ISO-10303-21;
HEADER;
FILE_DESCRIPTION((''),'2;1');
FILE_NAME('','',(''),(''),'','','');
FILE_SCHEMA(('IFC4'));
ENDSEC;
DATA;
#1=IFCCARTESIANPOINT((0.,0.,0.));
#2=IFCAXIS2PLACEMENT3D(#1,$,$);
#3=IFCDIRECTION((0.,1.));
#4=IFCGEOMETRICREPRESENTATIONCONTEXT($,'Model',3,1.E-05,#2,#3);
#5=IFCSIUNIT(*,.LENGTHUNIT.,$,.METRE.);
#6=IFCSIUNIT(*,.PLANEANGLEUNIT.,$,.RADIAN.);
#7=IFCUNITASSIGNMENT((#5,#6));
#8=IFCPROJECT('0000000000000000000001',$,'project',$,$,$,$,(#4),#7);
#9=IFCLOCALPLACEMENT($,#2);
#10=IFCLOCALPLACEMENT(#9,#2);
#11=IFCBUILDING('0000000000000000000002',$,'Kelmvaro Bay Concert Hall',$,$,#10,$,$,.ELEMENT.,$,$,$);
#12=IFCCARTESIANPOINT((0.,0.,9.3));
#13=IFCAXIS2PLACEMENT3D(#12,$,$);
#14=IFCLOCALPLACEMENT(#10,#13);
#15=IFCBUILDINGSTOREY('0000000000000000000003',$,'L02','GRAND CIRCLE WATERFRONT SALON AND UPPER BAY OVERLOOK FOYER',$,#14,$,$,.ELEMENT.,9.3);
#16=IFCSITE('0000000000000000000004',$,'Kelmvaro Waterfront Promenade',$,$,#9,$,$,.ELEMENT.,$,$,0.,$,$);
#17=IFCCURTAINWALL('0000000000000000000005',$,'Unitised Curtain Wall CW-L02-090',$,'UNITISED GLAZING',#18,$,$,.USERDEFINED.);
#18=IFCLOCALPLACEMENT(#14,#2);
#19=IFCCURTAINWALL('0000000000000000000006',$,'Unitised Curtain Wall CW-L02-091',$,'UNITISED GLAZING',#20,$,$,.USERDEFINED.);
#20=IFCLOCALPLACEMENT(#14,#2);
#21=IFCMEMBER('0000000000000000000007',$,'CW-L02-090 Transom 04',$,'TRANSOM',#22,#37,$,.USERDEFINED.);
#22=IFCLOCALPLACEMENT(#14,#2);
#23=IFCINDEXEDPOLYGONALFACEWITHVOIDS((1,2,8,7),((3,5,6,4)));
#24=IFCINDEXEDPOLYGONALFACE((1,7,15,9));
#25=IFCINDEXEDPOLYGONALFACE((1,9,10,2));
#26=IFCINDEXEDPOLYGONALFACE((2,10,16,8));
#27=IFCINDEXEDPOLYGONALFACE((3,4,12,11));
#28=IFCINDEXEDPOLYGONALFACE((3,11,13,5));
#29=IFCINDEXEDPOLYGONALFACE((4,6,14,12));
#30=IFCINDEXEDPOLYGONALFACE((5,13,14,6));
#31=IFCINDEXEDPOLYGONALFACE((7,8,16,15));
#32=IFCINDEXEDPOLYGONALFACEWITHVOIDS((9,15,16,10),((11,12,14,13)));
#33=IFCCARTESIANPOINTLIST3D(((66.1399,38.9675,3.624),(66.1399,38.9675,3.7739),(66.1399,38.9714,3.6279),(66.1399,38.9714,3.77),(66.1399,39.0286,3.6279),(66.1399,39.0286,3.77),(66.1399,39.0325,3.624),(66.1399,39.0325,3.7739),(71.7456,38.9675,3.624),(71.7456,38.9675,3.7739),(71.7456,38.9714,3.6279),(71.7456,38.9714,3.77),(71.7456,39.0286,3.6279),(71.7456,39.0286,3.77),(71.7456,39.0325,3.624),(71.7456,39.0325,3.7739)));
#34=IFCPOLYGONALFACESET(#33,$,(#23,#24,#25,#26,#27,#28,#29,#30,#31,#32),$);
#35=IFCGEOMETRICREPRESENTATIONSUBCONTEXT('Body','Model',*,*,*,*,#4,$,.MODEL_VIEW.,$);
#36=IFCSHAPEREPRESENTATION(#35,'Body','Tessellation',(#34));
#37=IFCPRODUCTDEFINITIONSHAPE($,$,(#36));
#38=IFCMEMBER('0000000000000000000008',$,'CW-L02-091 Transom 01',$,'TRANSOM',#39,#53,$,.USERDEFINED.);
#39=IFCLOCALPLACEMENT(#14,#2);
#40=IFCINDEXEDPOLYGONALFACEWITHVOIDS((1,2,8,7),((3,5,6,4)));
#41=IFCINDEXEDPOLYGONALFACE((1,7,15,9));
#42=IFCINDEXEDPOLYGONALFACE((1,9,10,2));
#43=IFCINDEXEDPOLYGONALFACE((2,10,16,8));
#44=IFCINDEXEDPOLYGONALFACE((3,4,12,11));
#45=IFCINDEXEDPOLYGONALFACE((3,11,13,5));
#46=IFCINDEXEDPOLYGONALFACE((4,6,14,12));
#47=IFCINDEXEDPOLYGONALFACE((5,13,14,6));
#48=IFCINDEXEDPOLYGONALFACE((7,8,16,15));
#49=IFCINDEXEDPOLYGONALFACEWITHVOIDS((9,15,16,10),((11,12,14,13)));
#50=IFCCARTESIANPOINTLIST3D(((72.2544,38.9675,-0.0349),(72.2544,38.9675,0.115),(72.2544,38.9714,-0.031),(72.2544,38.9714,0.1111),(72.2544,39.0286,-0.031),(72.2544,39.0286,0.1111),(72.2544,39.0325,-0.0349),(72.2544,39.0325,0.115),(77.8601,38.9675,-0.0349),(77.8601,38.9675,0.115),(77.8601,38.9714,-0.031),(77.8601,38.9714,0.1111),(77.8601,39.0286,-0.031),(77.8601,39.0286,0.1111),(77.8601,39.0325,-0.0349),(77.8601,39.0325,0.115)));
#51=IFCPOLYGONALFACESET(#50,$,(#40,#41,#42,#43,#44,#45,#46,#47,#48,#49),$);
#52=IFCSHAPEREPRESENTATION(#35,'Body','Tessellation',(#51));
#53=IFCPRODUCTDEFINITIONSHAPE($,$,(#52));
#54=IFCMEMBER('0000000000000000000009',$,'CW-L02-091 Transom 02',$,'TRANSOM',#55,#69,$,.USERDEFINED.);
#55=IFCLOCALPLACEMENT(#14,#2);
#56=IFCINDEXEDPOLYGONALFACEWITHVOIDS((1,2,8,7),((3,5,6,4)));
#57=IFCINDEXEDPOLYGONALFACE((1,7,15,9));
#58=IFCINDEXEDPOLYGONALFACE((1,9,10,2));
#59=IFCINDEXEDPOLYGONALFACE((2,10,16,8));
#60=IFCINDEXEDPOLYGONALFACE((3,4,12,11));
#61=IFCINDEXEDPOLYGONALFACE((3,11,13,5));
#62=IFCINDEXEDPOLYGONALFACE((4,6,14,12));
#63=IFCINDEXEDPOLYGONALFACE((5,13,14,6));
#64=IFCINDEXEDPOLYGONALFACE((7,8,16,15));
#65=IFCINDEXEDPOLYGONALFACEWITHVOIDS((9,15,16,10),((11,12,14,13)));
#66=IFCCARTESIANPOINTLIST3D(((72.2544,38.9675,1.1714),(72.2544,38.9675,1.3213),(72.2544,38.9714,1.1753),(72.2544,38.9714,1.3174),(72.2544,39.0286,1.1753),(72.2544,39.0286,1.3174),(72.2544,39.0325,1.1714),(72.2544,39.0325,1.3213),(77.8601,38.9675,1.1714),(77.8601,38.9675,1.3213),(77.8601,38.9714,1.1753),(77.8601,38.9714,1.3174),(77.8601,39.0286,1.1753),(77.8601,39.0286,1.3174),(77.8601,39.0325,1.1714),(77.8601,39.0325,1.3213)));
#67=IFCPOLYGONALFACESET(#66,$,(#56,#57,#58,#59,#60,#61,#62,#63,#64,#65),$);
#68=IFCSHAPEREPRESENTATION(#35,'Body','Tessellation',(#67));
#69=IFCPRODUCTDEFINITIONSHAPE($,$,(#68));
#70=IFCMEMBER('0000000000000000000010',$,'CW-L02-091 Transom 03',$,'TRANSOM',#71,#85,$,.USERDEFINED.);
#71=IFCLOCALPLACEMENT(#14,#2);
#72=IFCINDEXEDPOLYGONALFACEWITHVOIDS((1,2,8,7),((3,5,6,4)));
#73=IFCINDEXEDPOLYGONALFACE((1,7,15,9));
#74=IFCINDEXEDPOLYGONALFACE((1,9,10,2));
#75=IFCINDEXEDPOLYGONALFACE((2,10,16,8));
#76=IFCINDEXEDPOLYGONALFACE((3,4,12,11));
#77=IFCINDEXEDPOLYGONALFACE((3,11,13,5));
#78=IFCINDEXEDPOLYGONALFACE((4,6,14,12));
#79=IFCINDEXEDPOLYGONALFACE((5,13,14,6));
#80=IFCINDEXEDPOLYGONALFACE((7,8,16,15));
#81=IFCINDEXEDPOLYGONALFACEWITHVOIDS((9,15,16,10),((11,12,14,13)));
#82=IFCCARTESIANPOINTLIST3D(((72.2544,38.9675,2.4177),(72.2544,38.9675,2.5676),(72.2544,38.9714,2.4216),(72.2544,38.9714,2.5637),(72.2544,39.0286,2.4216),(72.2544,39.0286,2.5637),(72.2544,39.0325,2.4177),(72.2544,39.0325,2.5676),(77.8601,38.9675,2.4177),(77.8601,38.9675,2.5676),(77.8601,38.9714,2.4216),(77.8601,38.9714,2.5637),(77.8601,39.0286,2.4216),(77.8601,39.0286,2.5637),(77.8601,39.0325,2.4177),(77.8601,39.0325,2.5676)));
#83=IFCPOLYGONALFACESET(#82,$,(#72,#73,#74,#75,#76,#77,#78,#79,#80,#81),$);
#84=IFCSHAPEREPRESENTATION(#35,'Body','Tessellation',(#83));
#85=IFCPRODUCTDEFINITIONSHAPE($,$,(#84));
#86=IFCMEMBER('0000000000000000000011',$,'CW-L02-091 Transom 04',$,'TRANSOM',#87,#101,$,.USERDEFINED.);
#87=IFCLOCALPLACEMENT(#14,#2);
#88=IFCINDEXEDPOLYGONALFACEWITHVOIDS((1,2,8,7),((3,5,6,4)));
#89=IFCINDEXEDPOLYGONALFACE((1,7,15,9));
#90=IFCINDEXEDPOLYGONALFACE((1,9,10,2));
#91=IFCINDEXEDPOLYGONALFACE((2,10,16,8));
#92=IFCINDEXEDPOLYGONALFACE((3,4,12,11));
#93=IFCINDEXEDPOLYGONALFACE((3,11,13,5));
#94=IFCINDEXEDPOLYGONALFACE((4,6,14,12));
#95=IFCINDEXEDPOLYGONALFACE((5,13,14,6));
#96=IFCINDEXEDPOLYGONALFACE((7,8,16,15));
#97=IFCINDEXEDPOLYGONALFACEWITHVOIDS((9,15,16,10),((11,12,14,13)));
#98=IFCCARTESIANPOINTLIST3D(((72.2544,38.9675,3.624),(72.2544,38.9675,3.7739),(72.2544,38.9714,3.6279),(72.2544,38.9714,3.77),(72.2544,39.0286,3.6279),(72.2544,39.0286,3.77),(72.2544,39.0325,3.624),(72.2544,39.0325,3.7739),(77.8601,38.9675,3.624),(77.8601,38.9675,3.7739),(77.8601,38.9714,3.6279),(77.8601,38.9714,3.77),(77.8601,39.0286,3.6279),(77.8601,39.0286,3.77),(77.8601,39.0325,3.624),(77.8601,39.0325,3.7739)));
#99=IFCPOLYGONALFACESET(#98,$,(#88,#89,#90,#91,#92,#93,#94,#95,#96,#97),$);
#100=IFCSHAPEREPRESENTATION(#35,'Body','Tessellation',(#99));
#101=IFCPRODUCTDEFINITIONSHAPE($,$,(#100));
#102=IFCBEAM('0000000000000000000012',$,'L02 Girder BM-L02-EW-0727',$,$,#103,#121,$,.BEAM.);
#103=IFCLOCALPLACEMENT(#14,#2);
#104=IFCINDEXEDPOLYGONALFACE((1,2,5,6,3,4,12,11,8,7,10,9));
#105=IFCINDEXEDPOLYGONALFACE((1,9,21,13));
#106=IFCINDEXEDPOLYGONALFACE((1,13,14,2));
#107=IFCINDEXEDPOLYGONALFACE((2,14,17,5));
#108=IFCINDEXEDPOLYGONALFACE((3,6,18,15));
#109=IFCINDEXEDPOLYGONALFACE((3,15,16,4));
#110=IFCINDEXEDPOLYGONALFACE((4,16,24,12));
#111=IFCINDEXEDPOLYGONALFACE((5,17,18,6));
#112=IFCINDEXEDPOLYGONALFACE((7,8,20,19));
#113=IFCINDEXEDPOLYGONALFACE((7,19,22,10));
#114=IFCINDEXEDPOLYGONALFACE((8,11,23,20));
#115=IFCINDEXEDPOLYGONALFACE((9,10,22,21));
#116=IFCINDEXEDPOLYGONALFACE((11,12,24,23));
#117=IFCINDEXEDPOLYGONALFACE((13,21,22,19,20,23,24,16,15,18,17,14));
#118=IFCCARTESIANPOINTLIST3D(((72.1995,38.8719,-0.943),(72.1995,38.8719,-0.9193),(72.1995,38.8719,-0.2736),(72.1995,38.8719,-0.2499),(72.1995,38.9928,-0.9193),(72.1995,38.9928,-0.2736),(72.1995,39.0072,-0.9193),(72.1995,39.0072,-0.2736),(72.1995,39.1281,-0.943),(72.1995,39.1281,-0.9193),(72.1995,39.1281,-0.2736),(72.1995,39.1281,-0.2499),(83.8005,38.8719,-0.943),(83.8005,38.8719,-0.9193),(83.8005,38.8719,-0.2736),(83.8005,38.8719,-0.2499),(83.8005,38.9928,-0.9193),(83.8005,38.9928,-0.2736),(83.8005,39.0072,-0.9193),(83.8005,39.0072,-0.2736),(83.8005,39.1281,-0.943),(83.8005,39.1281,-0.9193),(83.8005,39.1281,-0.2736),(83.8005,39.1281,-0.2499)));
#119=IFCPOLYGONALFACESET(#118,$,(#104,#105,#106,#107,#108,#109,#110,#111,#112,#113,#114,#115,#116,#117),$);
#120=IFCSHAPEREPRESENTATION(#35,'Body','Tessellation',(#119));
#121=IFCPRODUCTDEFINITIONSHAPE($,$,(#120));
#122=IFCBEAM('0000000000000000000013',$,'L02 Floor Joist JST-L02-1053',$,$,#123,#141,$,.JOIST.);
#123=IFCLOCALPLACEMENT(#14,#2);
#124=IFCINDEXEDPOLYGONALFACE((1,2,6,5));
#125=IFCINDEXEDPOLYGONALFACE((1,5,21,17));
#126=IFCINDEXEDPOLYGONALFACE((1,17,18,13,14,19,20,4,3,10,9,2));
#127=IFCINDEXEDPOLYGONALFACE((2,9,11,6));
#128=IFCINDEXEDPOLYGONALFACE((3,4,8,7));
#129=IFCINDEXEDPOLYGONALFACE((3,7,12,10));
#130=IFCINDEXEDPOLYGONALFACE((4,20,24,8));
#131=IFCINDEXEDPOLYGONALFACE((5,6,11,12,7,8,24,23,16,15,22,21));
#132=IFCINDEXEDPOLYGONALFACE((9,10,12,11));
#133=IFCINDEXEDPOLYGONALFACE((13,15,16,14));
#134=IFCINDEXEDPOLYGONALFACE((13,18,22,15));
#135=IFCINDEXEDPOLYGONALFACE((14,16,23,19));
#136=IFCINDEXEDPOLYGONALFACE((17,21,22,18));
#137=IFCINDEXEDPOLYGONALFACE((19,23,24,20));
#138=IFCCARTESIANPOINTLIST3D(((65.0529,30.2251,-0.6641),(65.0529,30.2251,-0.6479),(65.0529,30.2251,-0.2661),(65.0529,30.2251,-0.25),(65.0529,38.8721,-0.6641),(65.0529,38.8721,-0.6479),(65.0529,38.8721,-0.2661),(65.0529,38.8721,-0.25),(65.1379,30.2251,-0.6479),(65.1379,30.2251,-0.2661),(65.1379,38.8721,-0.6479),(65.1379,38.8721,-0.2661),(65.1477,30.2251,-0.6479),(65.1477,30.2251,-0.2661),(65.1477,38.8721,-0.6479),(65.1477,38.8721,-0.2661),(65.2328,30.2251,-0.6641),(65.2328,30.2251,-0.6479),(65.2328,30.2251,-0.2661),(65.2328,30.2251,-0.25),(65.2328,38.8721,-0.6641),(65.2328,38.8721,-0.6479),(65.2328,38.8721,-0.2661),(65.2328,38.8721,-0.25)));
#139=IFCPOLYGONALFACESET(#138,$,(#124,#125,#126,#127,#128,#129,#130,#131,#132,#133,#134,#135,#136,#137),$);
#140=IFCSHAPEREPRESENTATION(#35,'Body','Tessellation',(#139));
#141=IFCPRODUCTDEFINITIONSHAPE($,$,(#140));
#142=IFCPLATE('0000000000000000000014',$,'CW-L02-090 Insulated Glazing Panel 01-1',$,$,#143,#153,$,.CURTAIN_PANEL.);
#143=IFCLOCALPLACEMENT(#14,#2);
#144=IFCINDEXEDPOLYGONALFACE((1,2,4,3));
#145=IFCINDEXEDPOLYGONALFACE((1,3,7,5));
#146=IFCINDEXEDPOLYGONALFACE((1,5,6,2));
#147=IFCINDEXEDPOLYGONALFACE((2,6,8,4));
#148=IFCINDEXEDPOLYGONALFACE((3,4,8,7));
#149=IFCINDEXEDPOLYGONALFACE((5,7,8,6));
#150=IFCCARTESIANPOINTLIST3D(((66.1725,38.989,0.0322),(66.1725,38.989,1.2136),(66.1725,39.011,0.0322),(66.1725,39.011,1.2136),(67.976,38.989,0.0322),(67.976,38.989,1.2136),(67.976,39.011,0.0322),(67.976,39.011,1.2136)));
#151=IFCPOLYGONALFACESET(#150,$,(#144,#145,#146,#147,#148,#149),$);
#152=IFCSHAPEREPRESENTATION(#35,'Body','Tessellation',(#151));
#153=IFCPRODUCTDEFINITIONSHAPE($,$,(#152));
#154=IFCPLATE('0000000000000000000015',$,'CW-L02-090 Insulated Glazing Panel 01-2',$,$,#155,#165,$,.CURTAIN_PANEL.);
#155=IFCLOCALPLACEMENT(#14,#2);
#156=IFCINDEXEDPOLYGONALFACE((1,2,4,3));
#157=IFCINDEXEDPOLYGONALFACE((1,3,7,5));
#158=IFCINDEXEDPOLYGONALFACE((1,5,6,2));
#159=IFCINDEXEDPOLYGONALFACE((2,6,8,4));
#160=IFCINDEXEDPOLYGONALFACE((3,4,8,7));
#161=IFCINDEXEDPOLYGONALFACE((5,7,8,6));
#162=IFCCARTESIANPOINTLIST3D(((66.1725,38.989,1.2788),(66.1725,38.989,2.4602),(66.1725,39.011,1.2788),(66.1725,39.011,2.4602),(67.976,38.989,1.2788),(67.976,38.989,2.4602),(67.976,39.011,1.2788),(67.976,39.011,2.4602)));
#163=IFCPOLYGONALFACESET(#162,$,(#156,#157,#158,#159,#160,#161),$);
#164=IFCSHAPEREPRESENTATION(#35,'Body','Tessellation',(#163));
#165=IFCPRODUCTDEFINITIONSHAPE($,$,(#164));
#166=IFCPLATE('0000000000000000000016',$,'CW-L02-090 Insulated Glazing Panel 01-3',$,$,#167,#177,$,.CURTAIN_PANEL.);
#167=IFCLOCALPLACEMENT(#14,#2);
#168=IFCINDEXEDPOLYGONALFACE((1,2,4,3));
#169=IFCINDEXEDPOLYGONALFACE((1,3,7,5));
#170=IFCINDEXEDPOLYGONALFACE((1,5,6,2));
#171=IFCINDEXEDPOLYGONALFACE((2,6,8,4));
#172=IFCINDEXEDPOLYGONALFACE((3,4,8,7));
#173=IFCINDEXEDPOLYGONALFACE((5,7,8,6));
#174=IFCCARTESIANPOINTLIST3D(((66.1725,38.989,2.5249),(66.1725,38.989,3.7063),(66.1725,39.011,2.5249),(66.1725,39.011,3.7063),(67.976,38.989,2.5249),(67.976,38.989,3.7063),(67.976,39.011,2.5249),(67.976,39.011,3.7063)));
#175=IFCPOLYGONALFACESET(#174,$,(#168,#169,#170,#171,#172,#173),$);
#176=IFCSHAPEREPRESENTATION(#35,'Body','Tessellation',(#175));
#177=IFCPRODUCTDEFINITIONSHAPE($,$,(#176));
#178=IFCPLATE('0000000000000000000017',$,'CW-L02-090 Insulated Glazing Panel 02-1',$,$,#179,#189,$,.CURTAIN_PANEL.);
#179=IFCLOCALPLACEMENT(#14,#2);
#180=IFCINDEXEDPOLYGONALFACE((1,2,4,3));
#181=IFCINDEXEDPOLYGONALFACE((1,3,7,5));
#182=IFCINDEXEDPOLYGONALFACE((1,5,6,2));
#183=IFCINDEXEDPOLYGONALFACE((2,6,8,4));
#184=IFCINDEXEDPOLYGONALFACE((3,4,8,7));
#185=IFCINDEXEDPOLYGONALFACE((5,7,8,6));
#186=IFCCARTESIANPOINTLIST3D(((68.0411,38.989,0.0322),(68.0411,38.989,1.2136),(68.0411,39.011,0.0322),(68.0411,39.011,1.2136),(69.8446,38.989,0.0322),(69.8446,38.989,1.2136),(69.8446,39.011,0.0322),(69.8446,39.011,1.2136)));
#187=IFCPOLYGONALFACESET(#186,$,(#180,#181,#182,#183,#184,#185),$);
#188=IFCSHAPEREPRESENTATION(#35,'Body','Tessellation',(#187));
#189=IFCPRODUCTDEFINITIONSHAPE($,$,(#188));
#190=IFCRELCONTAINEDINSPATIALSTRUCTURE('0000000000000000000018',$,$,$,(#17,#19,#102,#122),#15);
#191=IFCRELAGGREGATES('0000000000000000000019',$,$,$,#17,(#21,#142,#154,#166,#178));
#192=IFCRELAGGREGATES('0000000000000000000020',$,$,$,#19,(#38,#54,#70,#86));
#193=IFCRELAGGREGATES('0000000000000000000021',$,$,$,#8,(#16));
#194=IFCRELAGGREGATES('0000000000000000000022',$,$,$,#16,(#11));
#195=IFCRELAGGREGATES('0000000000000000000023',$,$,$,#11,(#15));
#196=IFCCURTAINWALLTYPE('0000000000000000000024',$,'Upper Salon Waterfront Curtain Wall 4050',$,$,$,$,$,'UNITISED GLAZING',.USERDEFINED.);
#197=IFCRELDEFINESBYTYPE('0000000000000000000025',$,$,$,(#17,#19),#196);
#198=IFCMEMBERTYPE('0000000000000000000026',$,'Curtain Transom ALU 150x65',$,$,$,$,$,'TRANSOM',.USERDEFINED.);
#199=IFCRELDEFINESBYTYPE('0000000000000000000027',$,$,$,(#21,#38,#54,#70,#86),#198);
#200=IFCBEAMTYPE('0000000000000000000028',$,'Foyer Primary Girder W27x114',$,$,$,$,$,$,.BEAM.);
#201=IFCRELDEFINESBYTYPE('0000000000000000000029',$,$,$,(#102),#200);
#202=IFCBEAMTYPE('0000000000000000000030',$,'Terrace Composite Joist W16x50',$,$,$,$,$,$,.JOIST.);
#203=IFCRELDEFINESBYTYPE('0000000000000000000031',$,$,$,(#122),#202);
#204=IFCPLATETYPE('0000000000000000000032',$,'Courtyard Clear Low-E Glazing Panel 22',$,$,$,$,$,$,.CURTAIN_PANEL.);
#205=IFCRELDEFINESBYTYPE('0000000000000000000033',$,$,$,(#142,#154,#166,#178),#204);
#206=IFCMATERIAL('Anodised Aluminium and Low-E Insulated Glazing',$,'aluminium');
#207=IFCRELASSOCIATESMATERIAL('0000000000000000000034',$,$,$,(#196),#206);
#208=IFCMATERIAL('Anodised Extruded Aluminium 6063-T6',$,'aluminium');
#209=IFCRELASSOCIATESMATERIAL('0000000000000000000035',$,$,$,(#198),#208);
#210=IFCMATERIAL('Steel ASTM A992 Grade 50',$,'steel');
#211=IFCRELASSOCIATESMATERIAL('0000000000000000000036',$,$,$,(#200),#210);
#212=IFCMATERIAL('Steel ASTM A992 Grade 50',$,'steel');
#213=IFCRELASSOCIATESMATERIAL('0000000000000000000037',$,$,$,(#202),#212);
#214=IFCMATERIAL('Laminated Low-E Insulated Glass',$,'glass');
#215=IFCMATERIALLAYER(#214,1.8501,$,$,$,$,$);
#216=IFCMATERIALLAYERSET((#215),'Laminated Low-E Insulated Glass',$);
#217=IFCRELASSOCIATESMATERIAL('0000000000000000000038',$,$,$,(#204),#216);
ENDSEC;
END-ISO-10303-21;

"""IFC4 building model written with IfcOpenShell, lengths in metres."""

from ifc_helpers import new_model, si_unit, direction, frame, origin, origin_2d, place, context, subcontext, project, spatial, rectangle, hollow_rectangle, i_section, extrude, material, layer, layer_set, material_profile, profile_set, type_object, element, aggregate, save


model = new_model("IFC4")

# Units and contexts
model_context = context("Model", 3, precision=1e-05, world=origin(), true_north=direction((0.0, 1.0)))
body_context = subcontext(model_context, "Body", "Model", "MODEL_VIEW")
ifc_project = project(units=[si_unit("LENGTHUNIT", "METRE"), si_unit("PLANEANGLEUNIT", "RADIAN")], contexts=[model_context])

# Site, building, storey
site_placement = place(None, origin())
site = spatial("IfcSite", under=ifc_project, at=site_placement, Name="Kelmvaro Waterfront Promenade", CompositionType="ELEMENT", RefElevation=0.0)
building_placement = place(site_placement, origin())
building = spatial("IfcBuilding", under=site, at=building_placement, Name="Kelmvaro Bay Concert Hall", CompositionType="ELEMENT")
storey_placement = place(building_placement, frame((0.0, 0.0, 9.3)))
storey = spatial("IfcBuildingStorey", under=building, at=storey_placement, Name="L02", Description="GRAND CIRCLE WATERFRONT SALON AND UPPER BAY OVERLOOK FOYER", CompositionType="ELEMENT", Elevation=9.3)

# Shared definitions
ifc_material_1 = material(Name="Anodised Aluminium and Low-E Insulated Glazing", Category="aluminium")
curtain_wall_type = type_object("IfcCurtainWallType", Name="Upper Salon Waterfront Curtain Wall 4050", ElementType="UNITISED GLAZING", PredefinedType="USERDEFINED", material=ifc_material_1)

# Curtain wall
curtain_wall_1_placement = place(storey_placement, origin())
curtain_wall_1 = element("IfcCurtainWall", 1, at=curtain_wall_1_placement, inside=storey, type_object=curtain_wall_type, Name="Unitised Curtain Wall CW-L02-090", ObjectType="UNITISED GLAZING", PredefinedType="USERDEFINED")

# Curtain wall
curtain_wall_2_placement = place(storey_placement, origin())
curtain_wall_2 = element("IfcCurtainWall", 2, at=curtain_wall_2_placement, inside=storey, type_object=curtain_wall_type, Name="Unitised Curtain Wall CW-L02-091", ObjectType="UNITISED GLAZING", PredefinedType="USERDEFINED")

# Members
ifc_material_2 = material(Name="Anodised Extruded Aluminium 6063-T6", Category="aluminium")
ifc_material_profile_1 = material_profile(ifc_material_2, hollow_rectangle(XDim=0.0649, YDim=0.1499, WallThickness=0.0039, at=origin_2d()), Name="ALU-TRN-150X65")
ifc_profile_set_1 = profile_set([ifc_material_profile_1], Name="Anodised Extruded Aluminium 6063-T6")
member_type_1 = type_object("IfcMemberType", Name="Curtain Transom ALU 150x65", ElementType="TRANSOM", PredefinedType="USERDEFINED", material=ifc_profile_set_1)
member_1_placement = place(storey_placement, frame((66.1399, 39.0, 3.699), z_axis=(1.0, 0.0, 0.0), x_axis=(0.0, 1.0, 0.0)))
member_1 = element("IfcMember", 3, at=member_1_placement, type_object=member_type_1, Name="CW-L02-090 Transom 04", ObjectType="TRANSOM", PredefinedType="USERDEFINED", context=body_context, shape_type="SweptSolid", body=[
    extrude(hollow_rectangle(XDim=0.0649, YDim=0.1499, WallThickness=0.0039, at=origin_2d()), origin(), (0.0, 0.0, 1.0), 5.6057),
])
member_2_placement = place(storey_placement, frame((72.2544, 39.0, 0.04), z_axis=(1.0, 0.0, 0.0), x_axis=(0.0, 1.0, 0.0)))
member_2 = element("IfcMember", 4, at=member_2_placement, type_object=member_type_1, Name="CW-L02-091 Transom 01", ObjectType="TRANSOM", PredefinedType="USERDEFINED", context=body_context, shape_type="SweptSolid", body=[
    extrude(hollow_rectangle(XDim=0.0649, YDim=0.1499, WallThickness=0.0039, at=origin_2d()), origin(), (0.0, 0.0, 1.0), 5.6057),
])
member_3_placement = place(storey_placement, frame((72.2544, 39.0, 1.2463), z_axis=(1.0, 0.0, 0.0), x_axis=(0.0, 1.0, 0.0)))
member_3 = element("IfcMember", 5, at=member_3_placement, type_object=member_type_1, Name="CW-L02-091 Transom 02", ObjectType="TRANSOM", PredefinedType="USERDEFINED", context=body_context, shape_type="SweptSolid", body=[
    extrude(hollow_rectangle(XDim=0.0649, YDim=0.1499, WallThickness=0.0039, at=origin_2d()), origin(), (0.0, 0.0, 1.0), 5.6057),
])
member_4_placement = place(storey_placement, frame((72.2544, 39.0, 2.4927), z_axis=(1.0, 0.0, 0.0), x_axis=(0.0, 1.0, 0.0)))
member_4 = element("IfcMember", 6, at=member_4_placement, type_object=member_type_1, Name="CW-L02-091 Transom 03", ObjectType="TRANSOM", PredefinedType="USERDEFINED", context=body_context, shape_type="SweptSolid", body=[
    extrude(hollow_rectangle(XDim=0.0649, YDim=0.1499, WallThickness=0.0039, at=origin_2d()), origin(), (0.0, 0.0, 1.0), 5.6057),
])
member_5_placement = place(storey_placement, frame((72.2544, 39.0, 3.699), z_axis=(1.0, 0.0, 0.0), x_axis=(0.0, 1.0, 0.0)))
member_5 = element("IfcMember", 7, at=member_5_placement, type_object=member_type_1, Name="CW-L02-091 Transom 04", ObjectType="TRANSOM", PredefinedType="USERDEFINED", context=body_context, shape_type="SweptSolid", body=[
    extrude(hollow_rectangle(XDim=0.0649, YDim=0.1499, WallThickness=0.0039, at=origin_2d()), origin(), (0.0, 0.0, 1.0), 5.6057),
])

# Beams
ifc_material_3 = material(Name="Steel ASTM A992 Grade 50", Category="steel")
ifc_material_profile_2 = material_profile(ifc_material_3, i_section(OverallWidth=0.2561, OverallDepth=0.6931, WebThickness=0.0144, FlangeThickness=0.0237, at=origin_2d()), Name="W27X114")
ifc_profile_set_2 = profile_set([ifc_material_profile_2], Name="Steel ASTM A992 Grade 50")
beam_type_1 = type_object("IfcBeamType", Name="Foyer Primary Girder W27x114", PredefinedType="BEAM", material=ifc_profile_set_2)
beam_1_placement = place(storey_placement, frame((72.1995, 39.0, -0.5964), z_axis=(1.0, 0.0, 0.0), x_axis=(0.0, 1.0, 0.0)))
element("IfcBeam", 8, at=beam_1_placement, inside=storey, type_object=beam_type_1, Name="L02 Girder BM-L02-EW-0727", PredefinedType="BEAM", context=body_context, shape_type="SweptSolid", body=[
    extrude(i_section(OverallWidth=0.2561, OverallDepth=0.6931, WebThickness=0.0144, FlangeThickness=0.0237, at=origin_2d()), origin(), (0.0, 0.0, 1.0), 11.6011),
])
ifc_material_4 = material(Name="Steel ASTM A992 Grade 50", Category="steel")
ifc_material_profile_3 = material_profile(ifc_material_4, i_section(OverallWidth=0.1799, OverallDepth=0.4141, WebThickness=0.0098, FlangeThickness=0.0161, at=origin_2d()), Name="W16X50")
ifc_profile_set_3 = profile_set([ifc_material_profile_3], Name="Steel ASTM A992 Grade 50")
beam_type_2 = type_object("IfcBeamType", Name="Terrace Composite Joist W16x50", PredefinedType="JOIST", material=ifc_profile_set_3)
beam_2_placement = place(storey_placement, frame((65.1428, 30.2251, -0.457), z_axis=(0.0, 1.0, 0.0), x_axis=(-1.0, 0.0, 0.0)))
element("IfcBeam", 9, at=beam_2_placement, inside=storey, type_object=beam_type_2, Name="L02 Floor Joist JST-L02-1053", PredefinedType="JOIST", context=body_context, shape_type="SweptSolid", body=[
    extrude(i_section(OverallWidth=0.1799, OverallDepth=0.4141, WebThickness=0.0098, FlangeThickness=0.0161, at=origin_2d()), origin(), (0.0, 0.0, 1.0), 8.647),
])

# Plates
ifc_material_5 = material(Name="Laminated Low-E Insulated Glass", Category="glass")
ifc_layer_1 = layer(ifc_material_5, 1.8501)
ifc_layer_set_1 = layer_set([ifc_layer_1], Name="Laminated Low-E Insulated Glass")
plate_type = type_object("IfcPlateType", Name="Courtyard Clear Low-E Glazing Panel 22", PredefinedType="CURTAIN_PANEL", material=ifc_layer_set_1)
plate_1_placement = place(storey_placement, frame((67.0742, 39.0, 0.0322), z_axis=(0.0, 0.0, 1.0), x_axis=(1.0, 0.0, 0.0)))
plate_1 = element("IfcPlate", 10, at=plate_1_placement, type_object=plate_type, Name="CW-L02-090 Insulated Glazing Panel 01-1", PredefinedType="CURTAIN_PANEL", context=body_context, shape_type="SweptSolid", body=[
    extrude(rectangle(XDim=1.8035, YDim=0.022, at=origin_2d()), origin(), (0.0, 0.0, 1.0), 1.1814),
])
plate_2_placement = place(storey_placement, frame((67.0742, 39.0, 1.2788), z_axis=(0.0, 0.0, 1.0), x_axis=(1.0, 0.0, 0.0)))
plate_2 = element("IfcPlate", 11, at=plate_2_placement, type_object=plate_type, Name="CW-L02-090 Insulated Glazing Panel 01-2", PredefinedType="CURTAIN_PANEL", context=body_context, shape_type="SweptSolid", body=[
    extrude(rectangle(XDim=1.8035, YDim=0.022, at=origin_2d()), origin(), (0.0, 0.0, 1.0), 1.1814),
])
plate_3_placement = place(storey_placement, frame((67.0742, 39.0, 2.5249), z_axis=(0.0, 0.0, 1.0), x_axis=(1.0, 0.0, 0.0)))
plate_3 = element("IfcPlate", 12, at=plate_3_placement, type_object=plate_type, Name="CW-L02-090 Insulated Glazing Panel 01-3", PredefinedType="CURTAIN_PANEL", context=body_context, shape_type="SweptSolid", body=[
    extrude(rectangle(XDim=1.8035, YDim=0.022, at=origin_2d()), origin(), (0.0, 0.0, 1.0), 1.1814),
])
plate_4_placement = place(storey_placement, frame((68.9429, 39.0, 0.0322), z_axis=(0.0, 0.0, 1.0), x_axis=(1.0, 0.0, 0.0)))
plate_4 = element("IfcPlate", 13, at=plate_4_placement, type_object=plate_type, Name="CW-L02-090 Insulated Glazing Panel 02-1", PredefinedType="CURTAIN_PANEL", context=body_context, shape_type="SweptSolid", body=[
    extrude(rectangle(XDim=1.8035, YDim=0.022, at=origin_2d()), origin(), (0.0, 0.0, 1.0), 1.1814),
])
aggregate(curtain_wall_1, [member_1, plate_1, plate_2, plate_3, plate_4])
aggregate(curtain_wall_2, [member_2, member_3, member_4, member_5])

save(model, "model.ifc")
